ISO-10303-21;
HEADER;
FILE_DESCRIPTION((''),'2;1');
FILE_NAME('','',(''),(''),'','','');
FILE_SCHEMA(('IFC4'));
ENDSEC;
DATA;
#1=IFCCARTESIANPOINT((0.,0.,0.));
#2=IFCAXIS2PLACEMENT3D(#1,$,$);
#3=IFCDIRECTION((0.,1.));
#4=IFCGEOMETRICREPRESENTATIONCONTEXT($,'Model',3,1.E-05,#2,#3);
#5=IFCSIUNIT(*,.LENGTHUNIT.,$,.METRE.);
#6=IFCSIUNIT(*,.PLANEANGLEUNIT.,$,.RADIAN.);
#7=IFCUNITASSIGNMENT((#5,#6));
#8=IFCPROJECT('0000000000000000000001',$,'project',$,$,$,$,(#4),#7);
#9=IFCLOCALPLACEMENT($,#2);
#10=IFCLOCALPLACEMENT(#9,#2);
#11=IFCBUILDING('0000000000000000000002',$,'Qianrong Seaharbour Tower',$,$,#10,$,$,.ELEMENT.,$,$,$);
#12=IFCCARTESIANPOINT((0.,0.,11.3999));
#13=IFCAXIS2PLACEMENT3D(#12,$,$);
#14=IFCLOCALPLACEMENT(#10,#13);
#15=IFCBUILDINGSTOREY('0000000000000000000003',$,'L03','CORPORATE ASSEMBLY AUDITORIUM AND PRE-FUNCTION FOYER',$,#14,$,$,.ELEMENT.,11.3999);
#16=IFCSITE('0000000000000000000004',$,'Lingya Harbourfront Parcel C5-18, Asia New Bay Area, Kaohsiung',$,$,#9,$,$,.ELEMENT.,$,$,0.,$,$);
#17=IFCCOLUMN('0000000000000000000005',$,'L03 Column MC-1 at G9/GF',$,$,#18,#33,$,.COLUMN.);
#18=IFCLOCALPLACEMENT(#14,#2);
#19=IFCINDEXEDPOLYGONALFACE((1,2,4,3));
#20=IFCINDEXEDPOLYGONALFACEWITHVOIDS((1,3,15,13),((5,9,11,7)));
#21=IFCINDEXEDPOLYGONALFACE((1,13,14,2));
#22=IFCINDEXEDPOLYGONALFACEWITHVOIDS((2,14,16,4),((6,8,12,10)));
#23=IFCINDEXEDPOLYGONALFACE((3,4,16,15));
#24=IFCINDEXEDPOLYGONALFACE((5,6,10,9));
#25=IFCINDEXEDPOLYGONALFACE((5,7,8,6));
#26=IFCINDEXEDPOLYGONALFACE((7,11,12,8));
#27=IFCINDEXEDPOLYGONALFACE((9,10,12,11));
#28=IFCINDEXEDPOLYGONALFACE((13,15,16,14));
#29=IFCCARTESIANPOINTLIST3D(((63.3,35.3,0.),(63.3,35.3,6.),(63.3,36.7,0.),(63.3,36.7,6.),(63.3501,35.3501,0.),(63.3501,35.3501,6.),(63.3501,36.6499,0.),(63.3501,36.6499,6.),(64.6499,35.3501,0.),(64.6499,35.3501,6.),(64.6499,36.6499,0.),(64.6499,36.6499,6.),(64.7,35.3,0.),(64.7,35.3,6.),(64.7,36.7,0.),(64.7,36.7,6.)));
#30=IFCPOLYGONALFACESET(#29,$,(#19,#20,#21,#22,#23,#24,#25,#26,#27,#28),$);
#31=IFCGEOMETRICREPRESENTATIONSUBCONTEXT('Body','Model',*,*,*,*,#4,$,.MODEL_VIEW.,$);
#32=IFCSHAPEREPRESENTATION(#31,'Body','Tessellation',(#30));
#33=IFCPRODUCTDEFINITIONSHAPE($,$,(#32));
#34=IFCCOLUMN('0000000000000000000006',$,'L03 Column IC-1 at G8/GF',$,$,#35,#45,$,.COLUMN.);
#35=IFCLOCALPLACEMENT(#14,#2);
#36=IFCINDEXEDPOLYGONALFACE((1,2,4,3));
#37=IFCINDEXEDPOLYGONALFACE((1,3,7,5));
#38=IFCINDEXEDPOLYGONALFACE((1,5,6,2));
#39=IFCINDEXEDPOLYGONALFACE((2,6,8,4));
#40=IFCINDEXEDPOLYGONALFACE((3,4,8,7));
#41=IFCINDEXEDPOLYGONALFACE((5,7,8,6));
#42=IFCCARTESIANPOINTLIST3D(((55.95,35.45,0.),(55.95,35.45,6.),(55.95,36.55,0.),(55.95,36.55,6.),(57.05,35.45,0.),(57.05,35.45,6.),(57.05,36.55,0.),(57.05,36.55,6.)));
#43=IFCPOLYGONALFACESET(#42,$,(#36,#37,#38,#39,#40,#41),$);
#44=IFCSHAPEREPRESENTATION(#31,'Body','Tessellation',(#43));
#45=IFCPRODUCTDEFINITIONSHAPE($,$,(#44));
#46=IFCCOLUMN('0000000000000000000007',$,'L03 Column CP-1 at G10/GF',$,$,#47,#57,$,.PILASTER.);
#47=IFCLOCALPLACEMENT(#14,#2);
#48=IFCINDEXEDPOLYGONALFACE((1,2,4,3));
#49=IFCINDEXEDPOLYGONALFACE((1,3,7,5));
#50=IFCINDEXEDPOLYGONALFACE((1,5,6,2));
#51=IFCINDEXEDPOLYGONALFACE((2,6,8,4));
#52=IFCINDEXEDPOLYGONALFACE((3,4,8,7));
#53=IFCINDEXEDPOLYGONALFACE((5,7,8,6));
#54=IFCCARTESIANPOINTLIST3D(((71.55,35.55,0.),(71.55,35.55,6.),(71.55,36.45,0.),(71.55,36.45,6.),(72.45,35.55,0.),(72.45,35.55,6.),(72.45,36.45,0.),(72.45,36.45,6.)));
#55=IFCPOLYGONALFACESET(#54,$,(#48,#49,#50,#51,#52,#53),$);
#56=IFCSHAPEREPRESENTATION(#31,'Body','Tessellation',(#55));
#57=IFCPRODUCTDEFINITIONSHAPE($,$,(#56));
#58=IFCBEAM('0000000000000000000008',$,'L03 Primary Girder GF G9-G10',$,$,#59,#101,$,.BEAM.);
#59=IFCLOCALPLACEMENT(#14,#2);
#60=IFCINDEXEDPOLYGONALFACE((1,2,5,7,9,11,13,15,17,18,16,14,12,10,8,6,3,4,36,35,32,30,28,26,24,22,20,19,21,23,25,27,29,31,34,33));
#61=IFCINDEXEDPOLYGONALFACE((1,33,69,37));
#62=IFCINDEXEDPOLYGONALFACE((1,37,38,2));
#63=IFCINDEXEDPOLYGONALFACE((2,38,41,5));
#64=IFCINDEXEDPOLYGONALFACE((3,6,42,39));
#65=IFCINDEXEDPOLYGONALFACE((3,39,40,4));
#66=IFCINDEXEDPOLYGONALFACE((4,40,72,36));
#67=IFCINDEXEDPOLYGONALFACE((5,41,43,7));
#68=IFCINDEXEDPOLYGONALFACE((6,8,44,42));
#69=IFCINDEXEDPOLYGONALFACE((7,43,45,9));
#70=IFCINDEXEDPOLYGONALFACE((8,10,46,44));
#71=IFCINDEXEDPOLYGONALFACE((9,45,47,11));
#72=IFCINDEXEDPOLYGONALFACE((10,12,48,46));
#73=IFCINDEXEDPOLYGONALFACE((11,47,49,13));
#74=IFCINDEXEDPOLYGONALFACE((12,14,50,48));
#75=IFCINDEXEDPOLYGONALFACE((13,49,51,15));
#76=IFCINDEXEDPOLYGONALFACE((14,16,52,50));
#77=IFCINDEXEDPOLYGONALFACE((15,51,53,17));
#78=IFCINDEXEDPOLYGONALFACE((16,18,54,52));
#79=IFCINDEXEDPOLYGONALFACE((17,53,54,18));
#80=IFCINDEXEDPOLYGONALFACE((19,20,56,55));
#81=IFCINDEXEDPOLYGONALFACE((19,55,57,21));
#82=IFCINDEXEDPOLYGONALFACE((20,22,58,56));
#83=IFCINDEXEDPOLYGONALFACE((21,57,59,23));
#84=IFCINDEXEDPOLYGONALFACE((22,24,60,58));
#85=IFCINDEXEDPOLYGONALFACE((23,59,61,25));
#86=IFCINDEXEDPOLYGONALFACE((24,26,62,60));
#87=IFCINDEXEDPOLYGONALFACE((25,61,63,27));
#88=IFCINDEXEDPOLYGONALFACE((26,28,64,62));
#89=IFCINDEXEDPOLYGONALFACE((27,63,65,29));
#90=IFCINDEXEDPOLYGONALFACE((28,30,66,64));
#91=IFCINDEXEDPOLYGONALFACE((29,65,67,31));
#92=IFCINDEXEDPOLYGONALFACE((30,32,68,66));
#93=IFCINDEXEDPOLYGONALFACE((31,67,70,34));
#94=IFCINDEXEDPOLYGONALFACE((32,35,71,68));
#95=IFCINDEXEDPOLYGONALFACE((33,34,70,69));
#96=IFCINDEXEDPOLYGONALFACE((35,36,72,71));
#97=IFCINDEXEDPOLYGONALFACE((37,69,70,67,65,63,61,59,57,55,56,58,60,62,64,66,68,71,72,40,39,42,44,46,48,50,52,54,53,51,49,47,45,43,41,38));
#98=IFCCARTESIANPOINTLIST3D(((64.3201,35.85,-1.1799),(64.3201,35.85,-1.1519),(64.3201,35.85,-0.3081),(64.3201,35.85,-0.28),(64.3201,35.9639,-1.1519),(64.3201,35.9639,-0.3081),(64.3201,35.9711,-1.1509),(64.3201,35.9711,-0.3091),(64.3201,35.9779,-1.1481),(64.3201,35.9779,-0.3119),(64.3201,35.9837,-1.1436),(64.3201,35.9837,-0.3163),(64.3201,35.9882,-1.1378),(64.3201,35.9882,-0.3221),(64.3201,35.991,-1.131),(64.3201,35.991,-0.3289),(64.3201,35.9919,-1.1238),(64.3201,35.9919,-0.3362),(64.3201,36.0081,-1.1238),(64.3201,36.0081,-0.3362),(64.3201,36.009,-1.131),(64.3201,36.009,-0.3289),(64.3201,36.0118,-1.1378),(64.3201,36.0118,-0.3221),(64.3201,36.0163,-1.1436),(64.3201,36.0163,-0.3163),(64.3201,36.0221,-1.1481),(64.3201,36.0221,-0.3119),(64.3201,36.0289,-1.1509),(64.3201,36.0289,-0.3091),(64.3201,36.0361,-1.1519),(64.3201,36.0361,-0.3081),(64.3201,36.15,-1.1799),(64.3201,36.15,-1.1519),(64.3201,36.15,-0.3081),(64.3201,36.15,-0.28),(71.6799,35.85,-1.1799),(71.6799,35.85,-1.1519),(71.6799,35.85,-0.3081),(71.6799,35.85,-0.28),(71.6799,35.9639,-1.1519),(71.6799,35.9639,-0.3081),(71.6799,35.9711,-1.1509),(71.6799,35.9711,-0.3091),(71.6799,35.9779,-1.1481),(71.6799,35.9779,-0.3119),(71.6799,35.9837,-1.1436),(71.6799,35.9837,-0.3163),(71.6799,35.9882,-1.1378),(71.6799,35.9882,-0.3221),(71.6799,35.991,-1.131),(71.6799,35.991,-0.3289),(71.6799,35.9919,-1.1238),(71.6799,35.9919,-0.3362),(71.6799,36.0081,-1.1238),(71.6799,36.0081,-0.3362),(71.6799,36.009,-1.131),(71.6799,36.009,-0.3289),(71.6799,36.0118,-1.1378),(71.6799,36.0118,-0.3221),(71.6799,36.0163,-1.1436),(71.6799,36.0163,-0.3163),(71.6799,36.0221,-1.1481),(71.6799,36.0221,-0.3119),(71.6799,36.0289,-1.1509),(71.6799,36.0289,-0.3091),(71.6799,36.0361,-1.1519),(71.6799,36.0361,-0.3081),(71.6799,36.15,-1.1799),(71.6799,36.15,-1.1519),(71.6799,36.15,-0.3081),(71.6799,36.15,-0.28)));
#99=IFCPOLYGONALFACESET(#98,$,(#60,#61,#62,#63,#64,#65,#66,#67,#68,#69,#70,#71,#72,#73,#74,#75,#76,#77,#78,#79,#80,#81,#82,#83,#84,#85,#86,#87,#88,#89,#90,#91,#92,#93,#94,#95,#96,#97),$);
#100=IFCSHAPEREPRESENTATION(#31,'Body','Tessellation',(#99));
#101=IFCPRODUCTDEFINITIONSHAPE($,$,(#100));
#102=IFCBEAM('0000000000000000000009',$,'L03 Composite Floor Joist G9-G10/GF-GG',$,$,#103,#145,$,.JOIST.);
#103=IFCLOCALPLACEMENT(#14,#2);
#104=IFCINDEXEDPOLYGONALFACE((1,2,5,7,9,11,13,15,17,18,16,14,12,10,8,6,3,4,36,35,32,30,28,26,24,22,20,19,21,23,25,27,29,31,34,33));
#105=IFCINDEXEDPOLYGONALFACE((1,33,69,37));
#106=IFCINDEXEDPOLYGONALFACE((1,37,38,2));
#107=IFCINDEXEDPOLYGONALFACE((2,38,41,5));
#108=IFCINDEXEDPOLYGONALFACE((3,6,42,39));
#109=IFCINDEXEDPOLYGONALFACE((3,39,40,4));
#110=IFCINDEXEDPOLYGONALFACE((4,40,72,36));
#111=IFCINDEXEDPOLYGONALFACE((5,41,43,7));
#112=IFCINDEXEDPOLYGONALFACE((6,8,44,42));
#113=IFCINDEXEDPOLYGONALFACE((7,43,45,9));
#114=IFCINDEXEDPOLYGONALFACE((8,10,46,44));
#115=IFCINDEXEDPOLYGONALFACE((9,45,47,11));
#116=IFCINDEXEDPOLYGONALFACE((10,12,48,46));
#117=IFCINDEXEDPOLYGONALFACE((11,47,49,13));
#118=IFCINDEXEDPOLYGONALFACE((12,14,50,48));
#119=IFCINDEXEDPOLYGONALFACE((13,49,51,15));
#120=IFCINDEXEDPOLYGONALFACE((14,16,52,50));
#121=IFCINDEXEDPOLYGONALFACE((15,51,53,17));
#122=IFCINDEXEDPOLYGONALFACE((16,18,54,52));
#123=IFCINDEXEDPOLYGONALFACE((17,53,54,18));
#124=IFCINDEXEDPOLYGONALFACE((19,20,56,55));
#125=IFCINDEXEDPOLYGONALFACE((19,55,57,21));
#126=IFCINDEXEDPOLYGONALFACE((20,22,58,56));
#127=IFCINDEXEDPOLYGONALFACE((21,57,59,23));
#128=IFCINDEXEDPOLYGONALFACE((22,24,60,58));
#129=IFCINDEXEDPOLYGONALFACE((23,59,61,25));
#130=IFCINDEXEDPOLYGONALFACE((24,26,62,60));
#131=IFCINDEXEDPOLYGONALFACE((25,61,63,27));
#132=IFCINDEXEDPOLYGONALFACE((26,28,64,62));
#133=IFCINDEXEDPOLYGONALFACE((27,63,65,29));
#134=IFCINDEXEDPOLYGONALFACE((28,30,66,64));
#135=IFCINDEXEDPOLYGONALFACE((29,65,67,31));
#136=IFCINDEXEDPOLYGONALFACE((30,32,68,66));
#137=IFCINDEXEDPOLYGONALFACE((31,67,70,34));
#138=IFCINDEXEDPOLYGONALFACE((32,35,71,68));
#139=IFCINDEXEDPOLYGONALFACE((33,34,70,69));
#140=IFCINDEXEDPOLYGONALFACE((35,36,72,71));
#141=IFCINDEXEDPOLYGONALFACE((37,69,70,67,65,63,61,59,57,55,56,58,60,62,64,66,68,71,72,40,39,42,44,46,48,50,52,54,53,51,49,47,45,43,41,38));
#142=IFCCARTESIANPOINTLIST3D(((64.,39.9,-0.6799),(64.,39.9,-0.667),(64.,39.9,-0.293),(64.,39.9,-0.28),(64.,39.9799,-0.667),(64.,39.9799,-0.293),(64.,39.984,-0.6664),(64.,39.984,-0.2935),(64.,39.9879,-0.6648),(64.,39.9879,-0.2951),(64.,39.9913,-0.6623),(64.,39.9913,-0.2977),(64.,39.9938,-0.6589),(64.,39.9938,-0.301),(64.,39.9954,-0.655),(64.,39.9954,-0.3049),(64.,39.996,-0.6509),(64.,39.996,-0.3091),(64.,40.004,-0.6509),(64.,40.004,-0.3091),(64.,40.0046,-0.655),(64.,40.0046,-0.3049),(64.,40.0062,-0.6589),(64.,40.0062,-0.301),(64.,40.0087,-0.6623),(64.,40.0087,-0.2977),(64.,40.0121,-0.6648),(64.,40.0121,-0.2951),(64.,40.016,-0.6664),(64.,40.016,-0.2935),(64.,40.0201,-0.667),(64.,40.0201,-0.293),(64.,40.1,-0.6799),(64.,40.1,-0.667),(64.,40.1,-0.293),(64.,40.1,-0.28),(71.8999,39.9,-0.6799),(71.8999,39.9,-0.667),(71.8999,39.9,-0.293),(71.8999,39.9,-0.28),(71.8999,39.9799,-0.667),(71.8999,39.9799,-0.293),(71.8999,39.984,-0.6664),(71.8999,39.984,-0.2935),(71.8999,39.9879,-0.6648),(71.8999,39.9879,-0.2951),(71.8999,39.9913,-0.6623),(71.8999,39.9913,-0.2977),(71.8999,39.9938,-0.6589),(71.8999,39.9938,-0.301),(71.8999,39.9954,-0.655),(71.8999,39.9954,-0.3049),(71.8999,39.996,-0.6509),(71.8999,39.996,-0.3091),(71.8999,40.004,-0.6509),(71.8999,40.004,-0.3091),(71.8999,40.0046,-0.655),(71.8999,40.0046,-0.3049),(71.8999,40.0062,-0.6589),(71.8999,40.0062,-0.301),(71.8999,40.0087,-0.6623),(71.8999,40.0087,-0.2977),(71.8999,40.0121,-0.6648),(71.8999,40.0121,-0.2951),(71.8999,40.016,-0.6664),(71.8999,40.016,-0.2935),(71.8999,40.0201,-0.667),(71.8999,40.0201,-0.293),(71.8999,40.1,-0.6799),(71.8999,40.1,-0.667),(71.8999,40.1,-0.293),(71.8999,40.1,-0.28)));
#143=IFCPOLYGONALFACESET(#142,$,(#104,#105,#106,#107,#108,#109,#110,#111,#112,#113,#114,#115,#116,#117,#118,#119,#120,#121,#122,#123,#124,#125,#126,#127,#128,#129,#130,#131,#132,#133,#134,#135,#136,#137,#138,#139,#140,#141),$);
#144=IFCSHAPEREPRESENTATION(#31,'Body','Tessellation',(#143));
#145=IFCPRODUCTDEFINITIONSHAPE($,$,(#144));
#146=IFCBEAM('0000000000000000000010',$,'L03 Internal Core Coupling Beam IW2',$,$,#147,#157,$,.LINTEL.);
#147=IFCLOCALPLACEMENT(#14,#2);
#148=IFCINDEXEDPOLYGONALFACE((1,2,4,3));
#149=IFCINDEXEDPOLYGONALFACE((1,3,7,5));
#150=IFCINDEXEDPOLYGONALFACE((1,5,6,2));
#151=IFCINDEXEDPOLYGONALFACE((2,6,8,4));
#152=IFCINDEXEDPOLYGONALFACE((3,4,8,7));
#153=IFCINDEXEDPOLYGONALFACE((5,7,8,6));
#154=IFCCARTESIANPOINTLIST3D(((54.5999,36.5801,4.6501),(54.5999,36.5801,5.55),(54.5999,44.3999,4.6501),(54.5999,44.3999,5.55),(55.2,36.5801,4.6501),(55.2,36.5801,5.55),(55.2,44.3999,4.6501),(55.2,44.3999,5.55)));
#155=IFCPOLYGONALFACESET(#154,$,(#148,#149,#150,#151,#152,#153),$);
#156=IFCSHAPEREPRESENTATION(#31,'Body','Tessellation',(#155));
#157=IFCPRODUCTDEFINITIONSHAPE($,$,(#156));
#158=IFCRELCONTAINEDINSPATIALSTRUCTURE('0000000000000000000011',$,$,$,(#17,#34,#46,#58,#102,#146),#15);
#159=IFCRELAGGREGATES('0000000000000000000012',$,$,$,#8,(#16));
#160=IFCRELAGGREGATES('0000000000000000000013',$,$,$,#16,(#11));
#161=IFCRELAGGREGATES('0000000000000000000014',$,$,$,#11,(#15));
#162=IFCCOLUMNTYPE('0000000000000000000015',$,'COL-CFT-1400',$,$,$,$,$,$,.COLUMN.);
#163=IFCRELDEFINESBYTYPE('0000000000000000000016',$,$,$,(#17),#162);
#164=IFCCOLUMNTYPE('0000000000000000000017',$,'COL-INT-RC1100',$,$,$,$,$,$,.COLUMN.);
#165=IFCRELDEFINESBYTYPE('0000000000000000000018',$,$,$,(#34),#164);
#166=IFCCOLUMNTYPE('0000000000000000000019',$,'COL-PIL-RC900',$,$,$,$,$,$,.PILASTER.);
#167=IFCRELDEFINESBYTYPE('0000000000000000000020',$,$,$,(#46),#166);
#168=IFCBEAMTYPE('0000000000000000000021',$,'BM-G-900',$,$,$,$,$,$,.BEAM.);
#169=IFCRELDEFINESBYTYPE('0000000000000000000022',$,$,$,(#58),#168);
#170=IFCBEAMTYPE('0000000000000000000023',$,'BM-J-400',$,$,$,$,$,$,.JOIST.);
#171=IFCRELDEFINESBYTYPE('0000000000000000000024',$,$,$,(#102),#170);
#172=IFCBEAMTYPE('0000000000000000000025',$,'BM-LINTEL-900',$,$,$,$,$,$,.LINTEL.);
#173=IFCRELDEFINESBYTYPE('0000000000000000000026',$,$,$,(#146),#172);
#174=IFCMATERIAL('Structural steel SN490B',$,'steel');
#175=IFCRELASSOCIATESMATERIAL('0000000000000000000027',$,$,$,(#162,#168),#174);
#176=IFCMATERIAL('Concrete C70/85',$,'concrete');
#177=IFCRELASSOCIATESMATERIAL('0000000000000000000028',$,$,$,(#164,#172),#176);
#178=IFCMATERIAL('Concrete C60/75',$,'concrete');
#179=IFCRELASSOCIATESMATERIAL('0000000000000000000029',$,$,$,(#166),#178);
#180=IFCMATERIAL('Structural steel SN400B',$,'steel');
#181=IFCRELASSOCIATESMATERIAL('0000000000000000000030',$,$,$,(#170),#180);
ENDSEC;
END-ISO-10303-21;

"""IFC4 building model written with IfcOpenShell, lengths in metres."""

from ifc_helpers import new_model, si_unit, direction, frame, origin, origin_2d, place, context, subcontext, project, spatial, rectangle, hollow_rectangle, i_section, extrude, material, material_profile, profile_set, type_object, element, save


model = new_model("IFC4")

# Units and contexts
model_context = context("Model", 3, precision=1e-05, world=origin(), true_north=direction((0.0, 1.0)))
body_context = subcontext(model_context, "Body", "Model", "MODEL_VIEW")
ifc_project = project(units=[si_unit("LENGTHUNIT", "METRE"), si_unit("PLANEANGLEUNIT", "RADIAN")], contexts=[model_context])

# Site, building, storey
site_placement = place(None, origin())
site = spatial("IfcSite", under=ifc_project, at=site_placement, Name="Lingya Harbourfront Parcel C5-18, Asia New Bay Area, Kaohsiung", CompositionType="ELEMENT", RefElevation=0.0)
building_placement = place(site_placement, origin())
building = spatial("IfcBuilding", under=site, at=building_placement, Name="Qianrong Seaharbour Tower", CompositionType="ELEMENT")
storey_placement = place(building_placement, frame((0.0, 0.0, 11.3999)))
storey = spatial("IfcBuildingStorey", under=building, at=storey_placement, Name="L03", Description="CORPORATE ASSEMBLY AUDITORIUM AND PRE-FUNCTION FOYER", CompositionType="ELEMENT", Elevation=11.3999)

# Columns
ifc_material_1 = material(Name="Structural steel SN490B", Category="steel")
ifc_material_profile_1 = material_profile(ifc_material_1, hollow_rectangle(XDim=1.3999, YDim=1.3999, WallThickness=0.05, at=origin_2d()), Name="BOX1400x1400x50")
ifc_profile_set_1 = profile_set([ifc_material_profile_1], Name="Structural steel SN490B")
column_type_1 = type_object("IfcColumnType", Name="COL-CFT-1400", PredefinedType="COLUMN", material=ifc_profile_set_1)
column_1_placement = place(storey_placement, frame((64.0, 36.0, 0.0), z_axis=(0.0, 0.0, 1.0), x_axis=(1.0, 0.0, 0.0)))
element("IfcColumn", 1, at=column_1_placement, inside=storey, type_object=column_type_1, Name="L03 Column MC-1 at G9/GF", PredefinedType="COLUMN", context=body_context, shape_type="SweptSolid", body=[
    extrude(hollow_rectangle(XDim=1.3999, YDim=1.3999, WallThickness=0.05, at=origin_2d()), origin(), (0.0, 0.0, 1.0), 6.0),
])
ifc_material_2 = material(Name="Concrete C70/85", Category="concrete")
ifc_material_profile_2 = material_profile(ifc_material_2, rectangle(XDim=1.1001, YDim=1.1001, at=origin_2d()), Name="RC1100x1100")
ifc_profile_set_2 = profile_set([ifc_material_profile_2], Name="Concrete C70/85")
column_type_2 = type_object("IfcColumnType", Name="COL-INT-RC1100", PredefinedType="COLUMN", material=ifc_profile_set_2)
column_2_placement = place(storey_placement, frame((56.5, 36.0, 0.0), z_axis=(0.0, 0.0, 1.0), x_axis=(1.0, 0.0, 0.0)))
element("IfcColumn", 2, at=column_2_placement, inside=storey, type_object=column_type_2, Name="L03 Column IC-1 at G8/GF", PredefinedType="COLUMN", context=body_context, shape_type="SweptSolid", body=[
    extrude(rectangle(XDim=1.1001, YDim=1.1001, at=origin_2d()), origin(), (0.0, 0.0, 1.0), 6.0),
])
ifc_material_3 = material(Name="Concrete C60/75", Category="concrete")
ifc_material_profile_3 = material_profile(ifc_material_3, rectangle(XDim=0.8999, YDim=0.8999, at=origin_2d()), Name="RC900x900")
ifc_profile_set_3 = profile_set([ifc_material_profile_3], Name="Concrete C60/75")
column_type_3 = type_object("IfcColumnType", Name="COL-PIL-RC900", PredefinedType="PILASTER", material=ifc_profile_set_3)
column_3_placement = place(storey_placement, frame((72.0, 36.0, 0.0), z_axis=(0.0, 0.0, 1.0), x_axis=(1.0, 0.0, 0.0)))
element("IfcColumn", 3, at=column_3_placement, inside=storey, type_object=column_type_3, Name="L03 Column CP-1 at G10/GF", PredefinedType="PILASTER", context=body_context, shape_type="SweptSolid", body=[
    extrude(rectangle(XDim=0.8999, YDim=0.8999, at=origin_2d()), origin(), (0.0, 0.0, 1.0), 6.0),
])

# Beams
ifc_material_profile_4 = material_profile(ifc_material_1, i_section(OverallWidth=0.3, OverallDepth=0.8999, WebThickness=0.0161, FlangeThickness=0.0281, FilletRadius=0.0281, at=origin_2d()), Name="H900x300x16x28")
ifc_profile_set_4 = profile_set([ifc_material_profile_4], Name="Structural steel SN490B")
beam_type_1 = type_object("IfcBeamType", Name="BM-G-900", PredefinedType="BEAM", material=ifc_profile_set_4)
beam_1_placement = place(storey_placement, frame((64.3201, 36.0, -0.73), z_axis=(1.0, 0.0, 0.0), x_axis=(0.0, 1.0, 0.0)))
element("IfcBeam", 4, at=beam_1_placement, inside=storey, type_object=beam_type_1, Name="L03 Primary Girder GF G9-G10", PredefinedType="BEAM", context=body_context, shape_type="SweptSolid", body=[
    extrude(i_section(OverallWidth=0.3, OverallDepth=0.8999, WebThickness=0.0161, FlangeThickness=0.0281, FilletRadius=0.0281, at=origin_2d()), origin(), (0.0, 0.0, 1.0), 7.3599),
])
ifc_material_4 = material(Name="Structural steel SN400B", Category="steel")
ifc_material_profile_5 = material_profile(ifc_material_4, i_section(OverallWidth=0.2, OverallDepth=0.3999, WebThickness=0.0081, FlangeThickness=0.0129, FilletRadius=0.0161, at=origin_2d()), Name="H400x200x8x13")
ifc_profile_set_5 = profile_set([ifc_material_profile_5], Name="Structural steel SN400B")
beam_type_2 = type_object("IfcBeamType", Name="BM-J-400", PredefinedType="JOIST", material=ifc_profile_set_5)
beam_2_placement = place(storey_placement, frame((64.0, 40.0, -0.48), z_axis=(1.0, 0.0, 0.0), x_axis=(0.0, 1.0, 0.0)))
element("IfcBeam", 5, at=beam_2_placement, inside=storey, type_object=beam_type_2, Name="L03 Composite Floor Joist G9-G10/GF-GG", PredefinedType="JOIST", context=body_context, shape_type="SweptSolid", body=[
    extrude(i_section(OverallWidth=0.2, OverallDepth=0.3999, WebThickness=0.0081, FlangeThickness=0.0129, FilletRadius=0.0161, at=origin_2d()), origin(), (0.0, 0.0, 1.0), 7.8999),
])
ifc_material_profile_6 = material_profile(ifc_material_2, rectangle(XDim=0.6001, YDim=0.8999, at=origin_2d()), Name="RC600x900")
ifc_profile_set_6 = profile_set([ifc_material_profile_6], Name="Concrete C70/85")
beam_type_3 = type_object("IfcBeamType", Name="BM-LINTEL-900", PredefinedType="LINTEL", material=ifc_profile_set_6)
beam_3_placement = place(storey_placement, frame((54.8999, 36.5801, 5.1001), z_axis=(0.0, 1.0, 0.0), x_axis=(-1.0, 0.0, 0.0)))
element("IfcBeam", 6, at=beam_3_placement, inside=storey, type_object=beam_type_3, Name="L03 Internal Core Coupling Beam IW2", PredefinedType="LINTEL", context=body_context, shape_type="SweptSolid", body=[
    extrude(rectangle(XDim=0.6001, YDim=0.8999, at=origin_2d()), origin(), (0.0, 0.0, 1.0), 7.8198),
])

save(model, "model.ifc")
